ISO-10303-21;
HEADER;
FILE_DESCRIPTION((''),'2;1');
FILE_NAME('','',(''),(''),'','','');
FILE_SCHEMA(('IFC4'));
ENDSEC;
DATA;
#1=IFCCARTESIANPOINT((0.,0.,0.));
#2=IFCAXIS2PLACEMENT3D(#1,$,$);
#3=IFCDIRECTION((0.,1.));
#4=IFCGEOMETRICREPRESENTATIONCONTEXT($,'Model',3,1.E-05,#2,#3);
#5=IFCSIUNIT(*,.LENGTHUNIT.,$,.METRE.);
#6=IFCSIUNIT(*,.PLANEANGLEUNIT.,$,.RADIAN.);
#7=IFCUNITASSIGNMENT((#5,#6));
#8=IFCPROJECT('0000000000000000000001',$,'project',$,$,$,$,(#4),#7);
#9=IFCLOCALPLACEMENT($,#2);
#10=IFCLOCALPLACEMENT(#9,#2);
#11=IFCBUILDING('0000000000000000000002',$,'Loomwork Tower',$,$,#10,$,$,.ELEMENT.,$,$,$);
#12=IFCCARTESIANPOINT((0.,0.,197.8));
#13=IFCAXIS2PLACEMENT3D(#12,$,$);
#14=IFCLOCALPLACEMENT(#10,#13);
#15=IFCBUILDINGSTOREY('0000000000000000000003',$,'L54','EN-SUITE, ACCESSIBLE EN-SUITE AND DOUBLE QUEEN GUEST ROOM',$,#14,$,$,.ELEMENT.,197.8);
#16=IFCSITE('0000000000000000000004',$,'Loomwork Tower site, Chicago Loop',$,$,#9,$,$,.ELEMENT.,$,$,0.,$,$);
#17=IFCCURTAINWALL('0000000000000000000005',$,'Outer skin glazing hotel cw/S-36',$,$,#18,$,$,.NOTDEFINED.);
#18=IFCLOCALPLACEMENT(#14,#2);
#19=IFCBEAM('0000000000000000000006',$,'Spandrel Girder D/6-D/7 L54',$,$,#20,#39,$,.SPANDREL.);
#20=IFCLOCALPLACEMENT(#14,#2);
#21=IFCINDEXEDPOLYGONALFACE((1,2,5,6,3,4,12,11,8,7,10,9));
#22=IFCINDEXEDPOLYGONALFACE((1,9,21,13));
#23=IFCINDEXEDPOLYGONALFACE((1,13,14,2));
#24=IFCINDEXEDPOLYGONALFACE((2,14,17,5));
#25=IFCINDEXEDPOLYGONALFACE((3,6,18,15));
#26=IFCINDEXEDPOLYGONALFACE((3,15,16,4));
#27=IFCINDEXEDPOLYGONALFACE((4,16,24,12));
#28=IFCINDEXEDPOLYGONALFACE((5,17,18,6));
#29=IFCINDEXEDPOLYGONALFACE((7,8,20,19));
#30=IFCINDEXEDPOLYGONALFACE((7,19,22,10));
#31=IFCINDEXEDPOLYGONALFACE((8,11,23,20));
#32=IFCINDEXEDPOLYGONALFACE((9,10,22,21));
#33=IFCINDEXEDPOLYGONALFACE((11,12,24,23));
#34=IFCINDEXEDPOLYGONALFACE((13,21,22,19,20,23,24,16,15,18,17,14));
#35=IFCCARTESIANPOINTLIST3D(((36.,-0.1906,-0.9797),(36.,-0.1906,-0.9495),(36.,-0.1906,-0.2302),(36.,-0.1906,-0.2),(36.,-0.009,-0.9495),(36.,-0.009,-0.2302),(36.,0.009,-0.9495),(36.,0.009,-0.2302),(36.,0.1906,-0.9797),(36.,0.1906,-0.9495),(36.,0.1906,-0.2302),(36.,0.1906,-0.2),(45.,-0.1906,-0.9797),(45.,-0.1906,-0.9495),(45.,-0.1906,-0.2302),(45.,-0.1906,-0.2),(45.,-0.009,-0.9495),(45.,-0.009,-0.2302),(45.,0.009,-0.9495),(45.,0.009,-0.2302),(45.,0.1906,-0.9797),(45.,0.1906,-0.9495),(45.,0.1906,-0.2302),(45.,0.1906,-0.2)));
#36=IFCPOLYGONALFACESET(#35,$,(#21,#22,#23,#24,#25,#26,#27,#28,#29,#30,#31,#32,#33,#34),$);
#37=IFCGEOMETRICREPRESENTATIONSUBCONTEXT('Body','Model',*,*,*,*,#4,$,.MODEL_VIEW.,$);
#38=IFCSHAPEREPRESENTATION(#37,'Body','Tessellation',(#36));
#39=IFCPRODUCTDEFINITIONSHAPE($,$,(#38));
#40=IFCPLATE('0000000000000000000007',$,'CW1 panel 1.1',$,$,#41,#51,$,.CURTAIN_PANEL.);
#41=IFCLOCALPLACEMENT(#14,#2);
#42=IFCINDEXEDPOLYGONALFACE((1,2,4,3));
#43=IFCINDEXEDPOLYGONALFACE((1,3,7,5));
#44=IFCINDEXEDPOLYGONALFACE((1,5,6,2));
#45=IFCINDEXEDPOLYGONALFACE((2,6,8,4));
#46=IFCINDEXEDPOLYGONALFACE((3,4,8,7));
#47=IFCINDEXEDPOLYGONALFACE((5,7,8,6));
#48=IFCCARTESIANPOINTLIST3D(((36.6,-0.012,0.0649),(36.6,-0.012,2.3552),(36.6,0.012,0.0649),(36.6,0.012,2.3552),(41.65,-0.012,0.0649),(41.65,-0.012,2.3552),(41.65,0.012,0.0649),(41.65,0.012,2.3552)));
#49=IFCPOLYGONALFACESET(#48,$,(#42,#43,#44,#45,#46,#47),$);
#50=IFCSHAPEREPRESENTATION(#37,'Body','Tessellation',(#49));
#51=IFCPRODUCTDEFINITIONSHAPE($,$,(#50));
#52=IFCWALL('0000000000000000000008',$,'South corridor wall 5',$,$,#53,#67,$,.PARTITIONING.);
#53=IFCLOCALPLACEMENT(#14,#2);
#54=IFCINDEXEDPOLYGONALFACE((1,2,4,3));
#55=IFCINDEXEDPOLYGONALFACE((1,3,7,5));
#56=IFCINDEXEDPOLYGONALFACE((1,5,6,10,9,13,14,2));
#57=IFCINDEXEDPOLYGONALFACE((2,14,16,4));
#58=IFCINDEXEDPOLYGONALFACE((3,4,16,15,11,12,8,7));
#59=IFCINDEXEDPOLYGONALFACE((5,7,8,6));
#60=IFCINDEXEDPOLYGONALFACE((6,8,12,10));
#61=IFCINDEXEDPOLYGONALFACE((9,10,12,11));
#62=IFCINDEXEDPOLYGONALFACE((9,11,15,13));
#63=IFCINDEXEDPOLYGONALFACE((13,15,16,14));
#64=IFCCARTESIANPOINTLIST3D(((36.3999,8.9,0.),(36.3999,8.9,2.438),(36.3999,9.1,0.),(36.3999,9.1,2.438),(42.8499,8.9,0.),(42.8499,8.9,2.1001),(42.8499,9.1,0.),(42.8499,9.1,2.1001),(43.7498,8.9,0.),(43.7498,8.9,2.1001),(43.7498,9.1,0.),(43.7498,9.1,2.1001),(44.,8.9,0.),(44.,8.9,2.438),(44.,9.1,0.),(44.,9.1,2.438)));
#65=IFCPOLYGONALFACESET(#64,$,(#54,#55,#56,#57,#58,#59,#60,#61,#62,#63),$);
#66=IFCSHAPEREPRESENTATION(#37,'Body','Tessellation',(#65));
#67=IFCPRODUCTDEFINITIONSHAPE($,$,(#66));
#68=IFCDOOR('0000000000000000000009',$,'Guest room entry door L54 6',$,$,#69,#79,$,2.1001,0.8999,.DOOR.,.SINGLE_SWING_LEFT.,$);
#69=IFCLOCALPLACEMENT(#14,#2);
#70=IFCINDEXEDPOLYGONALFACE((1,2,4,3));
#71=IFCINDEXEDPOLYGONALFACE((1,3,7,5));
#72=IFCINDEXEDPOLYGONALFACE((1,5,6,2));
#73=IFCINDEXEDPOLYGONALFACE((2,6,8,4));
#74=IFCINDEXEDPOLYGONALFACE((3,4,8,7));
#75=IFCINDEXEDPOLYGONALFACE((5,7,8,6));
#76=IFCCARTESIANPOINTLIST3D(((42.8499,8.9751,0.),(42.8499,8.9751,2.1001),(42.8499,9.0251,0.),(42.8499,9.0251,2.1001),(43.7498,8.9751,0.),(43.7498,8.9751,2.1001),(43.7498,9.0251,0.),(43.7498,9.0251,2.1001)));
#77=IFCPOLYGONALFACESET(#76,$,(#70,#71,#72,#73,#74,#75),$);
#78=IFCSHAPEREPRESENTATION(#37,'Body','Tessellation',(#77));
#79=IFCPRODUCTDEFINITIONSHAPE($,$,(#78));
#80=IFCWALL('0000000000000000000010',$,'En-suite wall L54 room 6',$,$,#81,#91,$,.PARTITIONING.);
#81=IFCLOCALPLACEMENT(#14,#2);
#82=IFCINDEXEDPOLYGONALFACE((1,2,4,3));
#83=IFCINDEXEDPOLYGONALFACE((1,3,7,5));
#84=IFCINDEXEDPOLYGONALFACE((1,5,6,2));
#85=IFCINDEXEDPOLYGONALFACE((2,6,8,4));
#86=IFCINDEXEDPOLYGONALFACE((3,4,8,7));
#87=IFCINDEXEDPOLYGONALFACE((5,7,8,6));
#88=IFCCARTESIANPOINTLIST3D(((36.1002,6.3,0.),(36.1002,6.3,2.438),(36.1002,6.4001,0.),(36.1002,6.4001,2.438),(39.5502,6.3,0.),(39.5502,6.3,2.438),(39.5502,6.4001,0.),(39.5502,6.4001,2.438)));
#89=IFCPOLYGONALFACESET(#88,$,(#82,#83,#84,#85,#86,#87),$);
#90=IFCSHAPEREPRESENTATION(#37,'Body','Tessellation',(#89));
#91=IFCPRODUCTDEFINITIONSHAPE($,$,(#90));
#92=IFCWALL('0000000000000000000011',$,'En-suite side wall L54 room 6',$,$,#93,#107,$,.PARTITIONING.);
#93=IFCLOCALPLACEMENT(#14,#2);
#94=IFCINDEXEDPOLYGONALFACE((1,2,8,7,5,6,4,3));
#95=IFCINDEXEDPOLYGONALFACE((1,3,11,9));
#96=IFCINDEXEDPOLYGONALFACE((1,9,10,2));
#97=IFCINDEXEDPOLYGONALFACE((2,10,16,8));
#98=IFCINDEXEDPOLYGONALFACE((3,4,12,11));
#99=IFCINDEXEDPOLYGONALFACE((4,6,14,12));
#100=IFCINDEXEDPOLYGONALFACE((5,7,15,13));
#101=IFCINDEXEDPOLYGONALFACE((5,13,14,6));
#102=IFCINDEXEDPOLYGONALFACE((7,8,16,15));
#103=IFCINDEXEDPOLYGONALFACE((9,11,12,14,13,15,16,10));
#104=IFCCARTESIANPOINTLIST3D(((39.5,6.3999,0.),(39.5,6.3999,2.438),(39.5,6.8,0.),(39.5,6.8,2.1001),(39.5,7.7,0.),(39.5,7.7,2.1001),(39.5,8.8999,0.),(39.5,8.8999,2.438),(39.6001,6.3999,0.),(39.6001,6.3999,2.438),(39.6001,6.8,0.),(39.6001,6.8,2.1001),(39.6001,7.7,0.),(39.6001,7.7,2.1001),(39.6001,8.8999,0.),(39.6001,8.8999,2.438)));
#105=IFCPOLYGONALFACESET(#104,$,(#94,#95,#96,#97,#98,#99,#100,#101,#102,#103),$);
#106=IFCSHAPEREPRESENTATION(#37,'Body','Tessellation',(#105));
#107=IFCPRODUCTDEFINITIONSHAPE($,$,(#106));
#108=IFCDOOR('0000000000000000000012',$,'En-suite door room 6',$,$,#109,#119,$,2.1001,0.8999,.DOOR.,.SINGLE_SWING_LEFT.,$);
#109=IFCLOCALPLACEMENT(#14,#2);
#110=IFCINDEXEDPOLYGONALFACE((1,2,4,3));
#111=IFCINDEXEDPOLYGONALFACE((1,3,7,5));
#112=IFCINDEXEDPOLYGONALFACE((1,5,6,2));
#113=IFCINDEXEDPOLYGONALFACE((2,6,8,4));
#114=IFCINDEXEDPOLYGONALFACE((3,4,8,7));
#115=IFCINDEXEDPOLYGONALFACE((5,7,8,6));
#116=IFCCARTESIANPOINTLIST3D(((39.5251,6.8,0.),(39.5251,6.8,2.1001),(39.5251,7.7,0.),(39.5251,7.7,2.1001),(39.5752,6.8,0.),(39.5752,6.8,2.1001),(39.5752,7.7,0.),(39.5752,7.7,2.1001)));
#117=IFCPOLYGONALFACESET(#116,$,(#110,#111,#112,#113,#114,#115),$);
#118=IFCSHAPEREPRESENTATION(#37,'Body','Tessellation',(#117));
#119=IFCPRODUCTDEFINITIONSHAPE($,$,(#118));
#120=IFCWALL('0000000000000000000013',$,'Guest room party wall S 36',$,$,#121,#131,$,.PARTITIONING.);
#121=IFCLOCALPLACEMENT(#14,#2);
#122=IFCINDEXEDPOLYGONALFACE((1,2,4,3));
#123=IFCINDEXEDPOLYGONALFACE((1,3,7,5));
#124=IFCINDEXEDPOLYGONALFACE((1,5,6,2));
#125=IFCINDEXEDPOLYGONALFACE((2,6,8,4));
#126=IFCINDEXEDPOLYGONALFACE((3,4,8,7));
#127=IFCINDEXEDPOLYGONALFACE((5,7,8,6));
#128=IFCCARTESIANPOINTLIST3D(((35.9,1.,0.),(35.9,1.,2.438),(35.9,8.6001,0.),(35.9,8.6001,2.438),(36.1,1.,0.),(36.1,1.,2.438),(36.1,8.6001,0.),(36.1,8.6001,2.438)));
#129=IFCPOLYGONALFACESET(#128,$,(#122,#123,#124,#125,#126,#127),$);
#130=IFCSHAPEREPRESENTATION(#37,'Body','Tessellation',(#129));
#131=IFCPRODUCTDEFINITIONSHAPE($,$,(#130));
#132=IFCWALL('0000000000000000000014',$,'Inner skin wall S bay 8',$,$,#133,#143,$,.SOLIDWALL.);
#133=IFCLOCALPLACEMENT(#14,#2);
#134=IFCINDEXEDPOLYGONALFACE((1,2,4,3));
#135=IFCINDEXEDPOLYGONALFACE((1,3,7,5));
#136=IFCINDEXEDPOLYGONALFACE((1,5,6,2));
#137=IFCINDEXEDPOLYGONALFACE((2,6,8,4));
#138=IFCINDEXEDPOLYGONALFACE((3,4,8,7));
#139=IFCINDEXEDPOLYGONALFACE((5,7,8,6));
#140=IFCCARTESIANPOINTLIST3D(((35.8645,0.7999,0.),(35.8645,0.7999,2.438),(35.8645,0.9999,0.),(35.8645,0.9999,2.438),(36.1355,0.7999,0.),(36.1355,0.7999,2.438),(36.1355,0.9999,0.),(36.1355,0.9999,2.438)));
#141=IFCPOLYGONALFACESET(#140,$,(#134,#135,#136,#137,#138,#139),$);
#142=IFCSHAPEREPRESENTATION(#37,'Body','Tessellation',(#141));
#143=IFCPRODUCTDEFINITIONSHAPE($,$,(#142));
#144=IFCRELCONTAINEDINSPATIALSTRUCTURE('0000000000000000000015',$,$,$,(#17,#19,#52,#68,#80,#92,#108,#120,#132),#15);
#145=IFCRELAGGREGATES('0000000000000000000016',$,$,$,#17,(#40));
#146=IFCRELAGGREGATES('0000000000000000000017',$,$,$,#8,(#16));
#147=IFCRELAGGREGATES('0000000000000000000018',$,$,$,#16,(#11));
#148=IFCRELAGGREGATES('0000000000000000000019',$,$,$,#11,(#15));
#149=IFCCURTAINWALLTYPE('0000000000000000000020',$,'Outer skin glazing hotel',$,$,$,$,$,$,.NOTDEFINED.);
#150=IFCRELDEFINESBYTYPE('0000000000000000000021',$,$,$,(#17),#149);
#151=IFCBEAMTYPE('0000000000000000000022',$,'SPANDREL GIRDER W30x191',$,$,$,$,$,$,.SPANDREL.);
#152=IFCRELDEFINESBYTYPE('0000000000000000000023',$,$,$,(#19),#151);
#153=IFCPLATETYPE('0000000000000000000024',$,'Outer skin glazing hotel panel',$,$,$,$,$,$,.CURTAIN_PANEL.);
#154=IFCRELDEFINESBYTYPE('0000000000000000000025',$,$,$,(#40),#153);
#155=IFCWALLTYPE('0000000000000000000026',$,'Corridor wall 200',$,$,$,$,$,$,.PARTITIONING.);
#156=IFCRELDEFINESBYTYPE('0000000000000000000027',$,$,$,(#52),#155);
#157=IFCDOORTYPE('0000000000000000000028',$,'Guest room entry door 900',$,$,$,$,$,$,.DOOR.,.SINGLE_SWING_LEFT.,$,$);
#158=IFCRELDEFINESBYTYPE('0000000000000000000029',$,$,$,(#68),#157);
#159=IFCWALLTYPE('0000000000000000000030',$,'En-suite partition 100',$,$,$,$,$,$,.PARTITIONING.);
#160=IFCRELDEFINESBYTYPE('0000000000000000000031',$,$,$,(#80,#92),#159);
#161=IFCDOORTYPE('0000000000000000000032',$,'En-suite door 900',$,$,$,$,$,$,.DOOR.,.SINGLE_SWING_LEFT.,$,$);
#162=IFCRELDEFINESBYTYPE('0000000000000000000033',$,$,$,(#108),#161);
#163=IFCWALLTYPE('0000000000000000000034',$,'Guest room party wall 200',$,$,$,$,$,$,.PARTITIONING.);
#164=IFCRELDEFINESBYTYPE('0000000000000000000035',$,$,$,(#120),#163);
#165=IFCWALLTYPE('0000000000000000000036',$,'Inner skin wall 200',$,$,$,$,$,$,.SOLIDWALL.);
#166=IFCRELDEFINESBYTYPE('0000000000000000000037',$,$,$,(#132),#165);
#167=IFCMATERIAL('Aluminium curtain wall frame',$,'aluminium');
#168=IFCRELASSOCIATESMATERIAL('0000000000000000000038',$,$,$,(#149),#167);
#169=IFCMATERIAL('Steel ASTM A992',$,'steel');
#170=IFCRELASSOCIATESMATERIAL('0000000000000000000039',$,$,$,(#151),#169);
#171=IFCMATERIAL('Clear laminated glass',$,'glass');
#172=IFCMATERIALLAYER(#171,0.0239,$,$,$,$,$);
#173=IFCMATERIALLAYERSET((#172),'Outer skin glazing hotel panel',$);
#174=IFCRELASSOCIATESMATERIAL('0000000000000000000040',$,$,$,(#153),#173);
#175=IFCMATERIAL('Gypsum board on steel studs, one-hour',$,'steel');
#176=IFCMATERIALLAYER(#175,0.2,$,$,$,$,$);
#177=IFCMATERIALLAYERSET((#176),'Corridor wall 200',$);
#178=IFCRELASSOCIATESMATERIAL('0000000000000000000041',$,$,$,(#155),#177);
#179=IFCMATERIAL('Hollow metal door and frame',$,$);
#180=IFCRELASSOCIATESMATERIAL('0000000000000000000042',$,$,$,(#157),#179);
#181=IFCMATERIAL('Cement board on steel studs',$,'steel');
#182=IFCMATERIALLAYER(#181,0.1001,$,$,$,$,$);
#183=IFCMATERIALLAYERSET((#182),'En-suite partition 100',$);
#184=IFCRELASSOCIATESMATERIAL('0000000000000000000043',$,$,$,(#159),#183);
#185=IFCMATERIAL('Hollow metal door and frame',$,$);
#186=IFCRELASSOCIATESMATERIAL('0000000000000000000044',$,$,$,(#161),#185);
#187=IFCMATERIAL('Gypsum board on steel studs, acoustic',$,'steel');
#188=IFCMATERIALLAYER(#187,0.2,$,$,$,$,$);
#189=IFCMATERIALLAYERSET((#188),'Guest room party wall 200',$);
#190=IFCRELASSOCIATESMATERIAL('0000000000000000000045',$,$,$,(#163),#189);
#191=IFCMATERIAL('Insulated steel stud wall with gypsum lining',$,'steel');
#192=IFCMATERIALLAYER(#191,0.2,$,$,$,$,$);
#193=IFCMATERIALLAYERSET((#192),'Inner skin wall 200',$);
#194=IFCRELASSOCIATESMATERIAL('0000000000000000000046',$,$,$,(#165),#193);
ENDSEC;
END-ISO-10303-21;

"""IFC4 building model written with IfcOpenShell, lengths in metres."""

from ifc_helpers import new_model, si_unit, direction, frame, frame_2d, origin, origin_2d, place, context, subcontext, project, spatial, rectangle, i_section, extrude, material, layer, layer_set, material_profile, profile_set, type_object, element, fill, aggregate, save


model = new_model("IFC4")

# Units and contexts
model_context = context("Model", 3, precision=1e-05, world=origin(), true_north=direction((0.0, 1.0)))
body_context = subcontext(model_context, "Body", "Model", "MODEL_VIEW")
ifc_project = project(units=[si_unit("LENGTHUNIT", "METRE"), si_unit("PLANEANGLEUNIT", "RADIAN")], contexts=[model_context])

# Site, building, storey
site_placement = place(None, origin())
site = spatial("IfcSite", under=ifc_project, at=site_placement, Name="Loomwork Tower site, Chicago Loop", CompositionType="ELEMENT", RefElevation=0.0)
building_placement = place(site_placement, origin())
building = spatial("IfcBuilding", under=site, at=building_placement, Name="Loomwork Tower", CompositionType="ELEMENT")
storey_placement = place(building_placement, frame((0.0, 0.0, 197.8)))
storey = spatial("IfcBuildingStorey", under=building, at=storey_placement, Name="L54", Description="EN-SUITE, ACCESSIBLE EN-SUITE AND DOUBLE QUEEN GUEST ROOM", CompositionType="ELEMENT", Elevation=197.8)

# Shared definitions
ifc_material_1 = material(Name="Aluminium curtain wall frame", Category="aluminium")
curtain_wall_type = type_object("IfcCurtainWallType", Name="Outer skin glazing hotel", PredefinedType="NOTDEFINED", material=ifc_material_1)

# Curtain wall
curtain_wall_1_placement = place(storey_placement, origin())
curtain_wall_1 = element("IfcCurtainWall", 1, at=curtain_wall_1_placement, inside=storey, type_object=curtain_wall_type, Name="Outer skin glazing hotel cw/S-36", PredefinedType="NOTDEFINED")

# Beam
ifc_material_2 = material(Name="Steel ASTM A992", Category="steel")
ifc_material_profile_1 = material_profile(ifc_material_2, i_section(OverallWidth=0.3811, OverallDepth=0.7798, WebThickness=0.0181, FlangeThickness=0.0303, at=origin_2d()), Name="W30x191")
ifc_profile_set_1 = profile_set([ifc_material_profile_1], Name="Steel ASTM A992")
beam_type_1 = type_object("IfcBeamType", Name="SPANDREL GIRDER W30x191", PredefinedType="SPANDREL", material=ifc_profile_set_1)
beam_1_placement = place(storey_placement, frame((36.0, 0.0, -0.5898), z_axis=(1.0, 0.0, 0.0), x_axis=(0.0, 1.0, 0.0)))
element("IfcBeam", 2, at=beam_1_placement, inside=storey, type_object=beam_type_1, Name="Spandrel Girder D/6-D/7 L54", PredefinedType="SPANDREL", context=body_context, shape_type="SweptSolid", body=[
    extrude(i_section(OverallWidth=0.3811, OverallDepth=0.7798, WebThickness=0.0181, FlangeThickness=0.0303, at=origin_2d()), origin(), (0.0, 0.0, 1.0), 9.0),
])

# Plate
ifc_material_3 = material(Name="Clear laminated glass", Category="glass")
ifc_layer_1 = layer(ifc_material_3, 0.0239)
ifc_layer_set_1 = layer_set([ifc_layer_1], Name="Outer skin glazing hotel panel")
plate_type = type_object("IfcPlateType", Name="Outer skin glazing hotel panel", PredefinedType="CURTAIN_PANEL", material=ifc_layer_set_1)
plate_placement = place(storey_placement, frame((39.125, 0.0, 0.0649), z_axis=(0.0, 0.0, 1.0), x_axis=(1.0, 0.0, 0.0)))
plate = element("IfcPlate", 3, at=plate_placement, type_object=plate_type, Name="CW1 panel 1.1", PredefinedType="CURTAIN_PANEL", context=body_context, shape_type="SweptSolid", body=[
    extrude(rectangle(XDim=5.05, YDim=0.0239, at=origin_2d()), origin(), (0.0, 0.0, 1.0), 2.2903),
])
aggregate(curtain_wall_1, [plate])

# Wall, opening, door
ifc_material_4 = material(Name="Gypsum board on steel studs, one-hour", Category="steel")
ifc_layer_2 = layer(ifc_material_4, 0.2)
ifc_layer_set_2 = layer_set([ifc_layer_2], Name="Corridor wall 200")
wall_type_1 = type_object("IfcWallType", Name="Corridor wall 200", PredefinedType="PARTITIONING", material=ifc_layer_set_2)
wall_1_placement = place(storey_placement, frame((36.3999, 9.0, 0.0), z_axis=(0.0, 0.0, 1.0), x_axis=(1.0, 0.0, 0.0)))
wall_1 = element("IfcWall", 4, at=wall_1_placement, inside=storey, type_object=wall_type_1, Name="South corridor wall 5", PredefinedType="PARTITIONING", context=body_context, shape_type="SweptSolid", body=[
    extrude(rectangle(XDim=7.6001, YDim=0.2, at=frame_2d((3.8, 0.0))), origin(), (0.0, 0.0, 1.0), 2.438),
])
opening_1_placement = place(wall_1_placement, frame((6.45, 0.0, 0.0)))
opening_1 = element("IfcOpeningElement", 5, at=opening_1_placement, cuts=wall_1, PredefinedType="OPENING", context=body_context, shape_type="SweptSolid", body=[
    extrude(rectangle(XDim=0.8999, YDim=2.1001, at=frame_2d((0.45, 1.05))), frame((0.0, 0.1099, 0.0), z_axis=(0.0, -1.0, 0.0), x_axis=(1.0, 0.0, 0.0)), (0.0, 0.0, 1.0), 0.22),
])
ifc_material_5 = material(Name="Hollow metal door and frame")
door_type_1 = type_object("IfcDoorType", Name="Guest room entry door 900", OperationType="SINGLE_SWING_LEFT", PredefinedType="DOOR", material=ifc_material_5)
door_1_placement = place(opening_1_placement, frame((0.8999, 0.0, 0.0), z_axis=(0.0, 0.0, 1.0), x_axis=(-1.0, 0.0, 0.0)))
door_1 = element("IfcDoor", 6, at=door_1_placement, inside=storey, type_object=door_type_1, Name="Guest room entry door L54 6", OperationType="SINGLE_SWING_LEFT", OverallHeight=2.1001, OverallWidth=0.8999, PredefinedType="DOOR", context=body_context, shape_type="SweptSolid", body=[
    extrude(rectangle(XDim=0.8999, YDim=2.1001, at=frame_2d((0.45, 1.05))), frame((0.0, 0.0249, 0.0), z_axis=(0.0, -1.0, 0.0), x_axis=(1.0, 0.0, 0.0)), (0.0, 0.0, 1.0), 0.05),
])
fill(opening_1, door_1)

# Wall
ifc_material_6 = material(Name="Cement board on steel studs", Category="steel")
ifc_layer_3 = layer(ifc_material_6, 0.1001)
ifc_layer_set_3 = layer_set([ifc_layer_3], Name="En-suite partition 100")
wall_type_2 = type_object("IfcWallType", Name="En-suite partition 100", PredefinedType="PARTITIONING", material=ifc_layer_set_3)
wall_2_placement = place(storey_placement, frame((36.1001, 6.3501, 0.0), z_axis=(0.0, 0.0, 1.0), x_axis=(1.0, 0.0, 0.0)))
element("IfcWall", 7, at=wall_2_placement, inside=storey, type_object=wall_type_2, Name="En-suite wall L54 room 6", PredefinedType="PARTITIONING", context=body_context, shape_type="SweptSolid", body=[
    extrude(rectangle(XDim=3.45, YDim=0.1001, at=frame_2d((1.7251, 0.0))), origin(), (0.0, 0.0, 1.0), 2.438),
])

# Wall, opening, door
wall_3_placement = place(storey_placement, frame((39.55, 8.8999, 0.0), z_axis=(0.0, 0.0, 1.0), x_axis=(0.0, -1.0, 0.0)))
wall_3 = element("IfcWall", 8, at=wall_3_placement, inside=storey, type_object=wall_type_2, Name="En-suite side wall L54 room 6", PredefinedType="PARTITIONING", context=body_context, shape_type="SweptSolid", body=[
    extrude(rectangle(XDim=2.5, YDim=0.1001, at=frame_2d((1.25, 0.0))), origin(), (0.0, 0.0, 1.0), 2.438),
])
opening_2_placement = place(wall_3_placement, frame((1.2, 0.0, 0.0)))
opening_2 = element("IfcOpeningElement", 9, at=opening_2_placement, cuts=wall_3, PredefinedType="OPENING", context=body_context, shape_type="SweptSolid", body=[
    extrude(rectangle(XDim=0.8999, YDim=2.1001, at=frame_2d((0.45, 1.05))), frame((0.0, 0.0601, 0.0), z_axis=(0.0, -1.0, 0.0), x_axis=(1.0, 0.0, 0.0)), (0.0, 0.0, 1.0), 0.1201),
])
ifc_material_7 = material(Name="Hollow metal door and frame")
door_type_2 = type_object("IfcDoorType", Name="En-suite door 900", OperationType="SINGLE_SWING_LEFT", PredefinedType="DOOR", material=ifc_material_7)
door_2_placement = place(opening_2_placement, frame((0.8999, 0.0, 0.0), z_axis=(0.0, 0.0, 1.0), x_axis=(-1.0, 0.0, 0.0)))
door_2 = element("IfcDoor", 10, at=door_2_placement, inside=storey, type_object=door_type_2, Name="En-suite door room 6", OperationType="SINGLE_SWING_LEFT", OverallHeight=2.1001, OverallWidth=0.8999, PredefinedType="DOOR", context=body_context, shape_type="SweptSolid", body=[
    extrude(rectangle(XDim=0.8999, YDim=2.1001, at=frame_2d((0.45, 1.05))), frame((0.0, 0.0249, 0.0), z_axis=(0.0, -1.0, 0.0), x_axis=(1.0, 0.0, 0.0)), (0.0, 0.0, 1.0), 0.05),
])
fill(opening_2, door_2)

# Walls
ifc_material_8 = material(Name="Gypsum board on steel studs, acoustic", Category="steel")
ifc_layer_4 = layer(ifc_material_8, 0.2)
ifc_layer_set_4 = layer_set([ifc_layer_4], Name="Guest room party wall 200")
wall_type_3 = type_object("IfcWallType", Name="Guest room party wall 200", PredefinedType="PARTITIONING", material=ifc_layer_set_4)
wall_4_placement = place(storey_placement, frame((36.0, 8.6001, 0.0), z_axis=(0.0, 0.0, 1.0), x_axis=(0.0, -1.0, 0.0)))
element("IfcWall", 11, at=wall_4_placement, inside=storey, type_object=wall_type_3, Name="Guest room party wall S 36", PredefinedType="PARTITIONING", context=body_context, shape_type="SweptSolid", body=[
    extrude(rectangle(XDim=7.6001, YDim=0.2, at=frame_2d((3.8, 0.0))), origin(), (0.0, 0.0, 1.0), 2.438),
])
ifc_material_9 = material(Name="Insulated steel stud wall with gypsum lining", Category="steel")
ifc_layer_5 = layer(ifc_material_9, 0.2)
ifc_layer_set_5 = layer_set([ifc_layer_5], Name="Inner skin wall 200")
wall_type_4 = type_object("IfcWallType", Name="Inner skin wall 200", PredefinedType="SOLIDWALL", material=ifc_layer_set_5)
wall_5_placement = place(storey_placement, frame((35.8645, 0.8999, 0.0), z_axis=(0.0, 0.0, 1.0), x_axis=(1.0, 0.0, 0.0)))
element("IfcWall", 12, at=wall_5_placement, inside=storey, type_object=wall_type_4, Name="Inner skin wall S bay 8", PredefinedType="SOLIDWALL", context=body_context, shape_type="SweptSolid", body=[
    extrude(rectangle(XDim=0.271, YDim=0.2, at=frame_2d((0.1355, 0.0))), origin(), (0.0, 0.0, 1.0), 2.438),
])

save(model, "model.ifc")
